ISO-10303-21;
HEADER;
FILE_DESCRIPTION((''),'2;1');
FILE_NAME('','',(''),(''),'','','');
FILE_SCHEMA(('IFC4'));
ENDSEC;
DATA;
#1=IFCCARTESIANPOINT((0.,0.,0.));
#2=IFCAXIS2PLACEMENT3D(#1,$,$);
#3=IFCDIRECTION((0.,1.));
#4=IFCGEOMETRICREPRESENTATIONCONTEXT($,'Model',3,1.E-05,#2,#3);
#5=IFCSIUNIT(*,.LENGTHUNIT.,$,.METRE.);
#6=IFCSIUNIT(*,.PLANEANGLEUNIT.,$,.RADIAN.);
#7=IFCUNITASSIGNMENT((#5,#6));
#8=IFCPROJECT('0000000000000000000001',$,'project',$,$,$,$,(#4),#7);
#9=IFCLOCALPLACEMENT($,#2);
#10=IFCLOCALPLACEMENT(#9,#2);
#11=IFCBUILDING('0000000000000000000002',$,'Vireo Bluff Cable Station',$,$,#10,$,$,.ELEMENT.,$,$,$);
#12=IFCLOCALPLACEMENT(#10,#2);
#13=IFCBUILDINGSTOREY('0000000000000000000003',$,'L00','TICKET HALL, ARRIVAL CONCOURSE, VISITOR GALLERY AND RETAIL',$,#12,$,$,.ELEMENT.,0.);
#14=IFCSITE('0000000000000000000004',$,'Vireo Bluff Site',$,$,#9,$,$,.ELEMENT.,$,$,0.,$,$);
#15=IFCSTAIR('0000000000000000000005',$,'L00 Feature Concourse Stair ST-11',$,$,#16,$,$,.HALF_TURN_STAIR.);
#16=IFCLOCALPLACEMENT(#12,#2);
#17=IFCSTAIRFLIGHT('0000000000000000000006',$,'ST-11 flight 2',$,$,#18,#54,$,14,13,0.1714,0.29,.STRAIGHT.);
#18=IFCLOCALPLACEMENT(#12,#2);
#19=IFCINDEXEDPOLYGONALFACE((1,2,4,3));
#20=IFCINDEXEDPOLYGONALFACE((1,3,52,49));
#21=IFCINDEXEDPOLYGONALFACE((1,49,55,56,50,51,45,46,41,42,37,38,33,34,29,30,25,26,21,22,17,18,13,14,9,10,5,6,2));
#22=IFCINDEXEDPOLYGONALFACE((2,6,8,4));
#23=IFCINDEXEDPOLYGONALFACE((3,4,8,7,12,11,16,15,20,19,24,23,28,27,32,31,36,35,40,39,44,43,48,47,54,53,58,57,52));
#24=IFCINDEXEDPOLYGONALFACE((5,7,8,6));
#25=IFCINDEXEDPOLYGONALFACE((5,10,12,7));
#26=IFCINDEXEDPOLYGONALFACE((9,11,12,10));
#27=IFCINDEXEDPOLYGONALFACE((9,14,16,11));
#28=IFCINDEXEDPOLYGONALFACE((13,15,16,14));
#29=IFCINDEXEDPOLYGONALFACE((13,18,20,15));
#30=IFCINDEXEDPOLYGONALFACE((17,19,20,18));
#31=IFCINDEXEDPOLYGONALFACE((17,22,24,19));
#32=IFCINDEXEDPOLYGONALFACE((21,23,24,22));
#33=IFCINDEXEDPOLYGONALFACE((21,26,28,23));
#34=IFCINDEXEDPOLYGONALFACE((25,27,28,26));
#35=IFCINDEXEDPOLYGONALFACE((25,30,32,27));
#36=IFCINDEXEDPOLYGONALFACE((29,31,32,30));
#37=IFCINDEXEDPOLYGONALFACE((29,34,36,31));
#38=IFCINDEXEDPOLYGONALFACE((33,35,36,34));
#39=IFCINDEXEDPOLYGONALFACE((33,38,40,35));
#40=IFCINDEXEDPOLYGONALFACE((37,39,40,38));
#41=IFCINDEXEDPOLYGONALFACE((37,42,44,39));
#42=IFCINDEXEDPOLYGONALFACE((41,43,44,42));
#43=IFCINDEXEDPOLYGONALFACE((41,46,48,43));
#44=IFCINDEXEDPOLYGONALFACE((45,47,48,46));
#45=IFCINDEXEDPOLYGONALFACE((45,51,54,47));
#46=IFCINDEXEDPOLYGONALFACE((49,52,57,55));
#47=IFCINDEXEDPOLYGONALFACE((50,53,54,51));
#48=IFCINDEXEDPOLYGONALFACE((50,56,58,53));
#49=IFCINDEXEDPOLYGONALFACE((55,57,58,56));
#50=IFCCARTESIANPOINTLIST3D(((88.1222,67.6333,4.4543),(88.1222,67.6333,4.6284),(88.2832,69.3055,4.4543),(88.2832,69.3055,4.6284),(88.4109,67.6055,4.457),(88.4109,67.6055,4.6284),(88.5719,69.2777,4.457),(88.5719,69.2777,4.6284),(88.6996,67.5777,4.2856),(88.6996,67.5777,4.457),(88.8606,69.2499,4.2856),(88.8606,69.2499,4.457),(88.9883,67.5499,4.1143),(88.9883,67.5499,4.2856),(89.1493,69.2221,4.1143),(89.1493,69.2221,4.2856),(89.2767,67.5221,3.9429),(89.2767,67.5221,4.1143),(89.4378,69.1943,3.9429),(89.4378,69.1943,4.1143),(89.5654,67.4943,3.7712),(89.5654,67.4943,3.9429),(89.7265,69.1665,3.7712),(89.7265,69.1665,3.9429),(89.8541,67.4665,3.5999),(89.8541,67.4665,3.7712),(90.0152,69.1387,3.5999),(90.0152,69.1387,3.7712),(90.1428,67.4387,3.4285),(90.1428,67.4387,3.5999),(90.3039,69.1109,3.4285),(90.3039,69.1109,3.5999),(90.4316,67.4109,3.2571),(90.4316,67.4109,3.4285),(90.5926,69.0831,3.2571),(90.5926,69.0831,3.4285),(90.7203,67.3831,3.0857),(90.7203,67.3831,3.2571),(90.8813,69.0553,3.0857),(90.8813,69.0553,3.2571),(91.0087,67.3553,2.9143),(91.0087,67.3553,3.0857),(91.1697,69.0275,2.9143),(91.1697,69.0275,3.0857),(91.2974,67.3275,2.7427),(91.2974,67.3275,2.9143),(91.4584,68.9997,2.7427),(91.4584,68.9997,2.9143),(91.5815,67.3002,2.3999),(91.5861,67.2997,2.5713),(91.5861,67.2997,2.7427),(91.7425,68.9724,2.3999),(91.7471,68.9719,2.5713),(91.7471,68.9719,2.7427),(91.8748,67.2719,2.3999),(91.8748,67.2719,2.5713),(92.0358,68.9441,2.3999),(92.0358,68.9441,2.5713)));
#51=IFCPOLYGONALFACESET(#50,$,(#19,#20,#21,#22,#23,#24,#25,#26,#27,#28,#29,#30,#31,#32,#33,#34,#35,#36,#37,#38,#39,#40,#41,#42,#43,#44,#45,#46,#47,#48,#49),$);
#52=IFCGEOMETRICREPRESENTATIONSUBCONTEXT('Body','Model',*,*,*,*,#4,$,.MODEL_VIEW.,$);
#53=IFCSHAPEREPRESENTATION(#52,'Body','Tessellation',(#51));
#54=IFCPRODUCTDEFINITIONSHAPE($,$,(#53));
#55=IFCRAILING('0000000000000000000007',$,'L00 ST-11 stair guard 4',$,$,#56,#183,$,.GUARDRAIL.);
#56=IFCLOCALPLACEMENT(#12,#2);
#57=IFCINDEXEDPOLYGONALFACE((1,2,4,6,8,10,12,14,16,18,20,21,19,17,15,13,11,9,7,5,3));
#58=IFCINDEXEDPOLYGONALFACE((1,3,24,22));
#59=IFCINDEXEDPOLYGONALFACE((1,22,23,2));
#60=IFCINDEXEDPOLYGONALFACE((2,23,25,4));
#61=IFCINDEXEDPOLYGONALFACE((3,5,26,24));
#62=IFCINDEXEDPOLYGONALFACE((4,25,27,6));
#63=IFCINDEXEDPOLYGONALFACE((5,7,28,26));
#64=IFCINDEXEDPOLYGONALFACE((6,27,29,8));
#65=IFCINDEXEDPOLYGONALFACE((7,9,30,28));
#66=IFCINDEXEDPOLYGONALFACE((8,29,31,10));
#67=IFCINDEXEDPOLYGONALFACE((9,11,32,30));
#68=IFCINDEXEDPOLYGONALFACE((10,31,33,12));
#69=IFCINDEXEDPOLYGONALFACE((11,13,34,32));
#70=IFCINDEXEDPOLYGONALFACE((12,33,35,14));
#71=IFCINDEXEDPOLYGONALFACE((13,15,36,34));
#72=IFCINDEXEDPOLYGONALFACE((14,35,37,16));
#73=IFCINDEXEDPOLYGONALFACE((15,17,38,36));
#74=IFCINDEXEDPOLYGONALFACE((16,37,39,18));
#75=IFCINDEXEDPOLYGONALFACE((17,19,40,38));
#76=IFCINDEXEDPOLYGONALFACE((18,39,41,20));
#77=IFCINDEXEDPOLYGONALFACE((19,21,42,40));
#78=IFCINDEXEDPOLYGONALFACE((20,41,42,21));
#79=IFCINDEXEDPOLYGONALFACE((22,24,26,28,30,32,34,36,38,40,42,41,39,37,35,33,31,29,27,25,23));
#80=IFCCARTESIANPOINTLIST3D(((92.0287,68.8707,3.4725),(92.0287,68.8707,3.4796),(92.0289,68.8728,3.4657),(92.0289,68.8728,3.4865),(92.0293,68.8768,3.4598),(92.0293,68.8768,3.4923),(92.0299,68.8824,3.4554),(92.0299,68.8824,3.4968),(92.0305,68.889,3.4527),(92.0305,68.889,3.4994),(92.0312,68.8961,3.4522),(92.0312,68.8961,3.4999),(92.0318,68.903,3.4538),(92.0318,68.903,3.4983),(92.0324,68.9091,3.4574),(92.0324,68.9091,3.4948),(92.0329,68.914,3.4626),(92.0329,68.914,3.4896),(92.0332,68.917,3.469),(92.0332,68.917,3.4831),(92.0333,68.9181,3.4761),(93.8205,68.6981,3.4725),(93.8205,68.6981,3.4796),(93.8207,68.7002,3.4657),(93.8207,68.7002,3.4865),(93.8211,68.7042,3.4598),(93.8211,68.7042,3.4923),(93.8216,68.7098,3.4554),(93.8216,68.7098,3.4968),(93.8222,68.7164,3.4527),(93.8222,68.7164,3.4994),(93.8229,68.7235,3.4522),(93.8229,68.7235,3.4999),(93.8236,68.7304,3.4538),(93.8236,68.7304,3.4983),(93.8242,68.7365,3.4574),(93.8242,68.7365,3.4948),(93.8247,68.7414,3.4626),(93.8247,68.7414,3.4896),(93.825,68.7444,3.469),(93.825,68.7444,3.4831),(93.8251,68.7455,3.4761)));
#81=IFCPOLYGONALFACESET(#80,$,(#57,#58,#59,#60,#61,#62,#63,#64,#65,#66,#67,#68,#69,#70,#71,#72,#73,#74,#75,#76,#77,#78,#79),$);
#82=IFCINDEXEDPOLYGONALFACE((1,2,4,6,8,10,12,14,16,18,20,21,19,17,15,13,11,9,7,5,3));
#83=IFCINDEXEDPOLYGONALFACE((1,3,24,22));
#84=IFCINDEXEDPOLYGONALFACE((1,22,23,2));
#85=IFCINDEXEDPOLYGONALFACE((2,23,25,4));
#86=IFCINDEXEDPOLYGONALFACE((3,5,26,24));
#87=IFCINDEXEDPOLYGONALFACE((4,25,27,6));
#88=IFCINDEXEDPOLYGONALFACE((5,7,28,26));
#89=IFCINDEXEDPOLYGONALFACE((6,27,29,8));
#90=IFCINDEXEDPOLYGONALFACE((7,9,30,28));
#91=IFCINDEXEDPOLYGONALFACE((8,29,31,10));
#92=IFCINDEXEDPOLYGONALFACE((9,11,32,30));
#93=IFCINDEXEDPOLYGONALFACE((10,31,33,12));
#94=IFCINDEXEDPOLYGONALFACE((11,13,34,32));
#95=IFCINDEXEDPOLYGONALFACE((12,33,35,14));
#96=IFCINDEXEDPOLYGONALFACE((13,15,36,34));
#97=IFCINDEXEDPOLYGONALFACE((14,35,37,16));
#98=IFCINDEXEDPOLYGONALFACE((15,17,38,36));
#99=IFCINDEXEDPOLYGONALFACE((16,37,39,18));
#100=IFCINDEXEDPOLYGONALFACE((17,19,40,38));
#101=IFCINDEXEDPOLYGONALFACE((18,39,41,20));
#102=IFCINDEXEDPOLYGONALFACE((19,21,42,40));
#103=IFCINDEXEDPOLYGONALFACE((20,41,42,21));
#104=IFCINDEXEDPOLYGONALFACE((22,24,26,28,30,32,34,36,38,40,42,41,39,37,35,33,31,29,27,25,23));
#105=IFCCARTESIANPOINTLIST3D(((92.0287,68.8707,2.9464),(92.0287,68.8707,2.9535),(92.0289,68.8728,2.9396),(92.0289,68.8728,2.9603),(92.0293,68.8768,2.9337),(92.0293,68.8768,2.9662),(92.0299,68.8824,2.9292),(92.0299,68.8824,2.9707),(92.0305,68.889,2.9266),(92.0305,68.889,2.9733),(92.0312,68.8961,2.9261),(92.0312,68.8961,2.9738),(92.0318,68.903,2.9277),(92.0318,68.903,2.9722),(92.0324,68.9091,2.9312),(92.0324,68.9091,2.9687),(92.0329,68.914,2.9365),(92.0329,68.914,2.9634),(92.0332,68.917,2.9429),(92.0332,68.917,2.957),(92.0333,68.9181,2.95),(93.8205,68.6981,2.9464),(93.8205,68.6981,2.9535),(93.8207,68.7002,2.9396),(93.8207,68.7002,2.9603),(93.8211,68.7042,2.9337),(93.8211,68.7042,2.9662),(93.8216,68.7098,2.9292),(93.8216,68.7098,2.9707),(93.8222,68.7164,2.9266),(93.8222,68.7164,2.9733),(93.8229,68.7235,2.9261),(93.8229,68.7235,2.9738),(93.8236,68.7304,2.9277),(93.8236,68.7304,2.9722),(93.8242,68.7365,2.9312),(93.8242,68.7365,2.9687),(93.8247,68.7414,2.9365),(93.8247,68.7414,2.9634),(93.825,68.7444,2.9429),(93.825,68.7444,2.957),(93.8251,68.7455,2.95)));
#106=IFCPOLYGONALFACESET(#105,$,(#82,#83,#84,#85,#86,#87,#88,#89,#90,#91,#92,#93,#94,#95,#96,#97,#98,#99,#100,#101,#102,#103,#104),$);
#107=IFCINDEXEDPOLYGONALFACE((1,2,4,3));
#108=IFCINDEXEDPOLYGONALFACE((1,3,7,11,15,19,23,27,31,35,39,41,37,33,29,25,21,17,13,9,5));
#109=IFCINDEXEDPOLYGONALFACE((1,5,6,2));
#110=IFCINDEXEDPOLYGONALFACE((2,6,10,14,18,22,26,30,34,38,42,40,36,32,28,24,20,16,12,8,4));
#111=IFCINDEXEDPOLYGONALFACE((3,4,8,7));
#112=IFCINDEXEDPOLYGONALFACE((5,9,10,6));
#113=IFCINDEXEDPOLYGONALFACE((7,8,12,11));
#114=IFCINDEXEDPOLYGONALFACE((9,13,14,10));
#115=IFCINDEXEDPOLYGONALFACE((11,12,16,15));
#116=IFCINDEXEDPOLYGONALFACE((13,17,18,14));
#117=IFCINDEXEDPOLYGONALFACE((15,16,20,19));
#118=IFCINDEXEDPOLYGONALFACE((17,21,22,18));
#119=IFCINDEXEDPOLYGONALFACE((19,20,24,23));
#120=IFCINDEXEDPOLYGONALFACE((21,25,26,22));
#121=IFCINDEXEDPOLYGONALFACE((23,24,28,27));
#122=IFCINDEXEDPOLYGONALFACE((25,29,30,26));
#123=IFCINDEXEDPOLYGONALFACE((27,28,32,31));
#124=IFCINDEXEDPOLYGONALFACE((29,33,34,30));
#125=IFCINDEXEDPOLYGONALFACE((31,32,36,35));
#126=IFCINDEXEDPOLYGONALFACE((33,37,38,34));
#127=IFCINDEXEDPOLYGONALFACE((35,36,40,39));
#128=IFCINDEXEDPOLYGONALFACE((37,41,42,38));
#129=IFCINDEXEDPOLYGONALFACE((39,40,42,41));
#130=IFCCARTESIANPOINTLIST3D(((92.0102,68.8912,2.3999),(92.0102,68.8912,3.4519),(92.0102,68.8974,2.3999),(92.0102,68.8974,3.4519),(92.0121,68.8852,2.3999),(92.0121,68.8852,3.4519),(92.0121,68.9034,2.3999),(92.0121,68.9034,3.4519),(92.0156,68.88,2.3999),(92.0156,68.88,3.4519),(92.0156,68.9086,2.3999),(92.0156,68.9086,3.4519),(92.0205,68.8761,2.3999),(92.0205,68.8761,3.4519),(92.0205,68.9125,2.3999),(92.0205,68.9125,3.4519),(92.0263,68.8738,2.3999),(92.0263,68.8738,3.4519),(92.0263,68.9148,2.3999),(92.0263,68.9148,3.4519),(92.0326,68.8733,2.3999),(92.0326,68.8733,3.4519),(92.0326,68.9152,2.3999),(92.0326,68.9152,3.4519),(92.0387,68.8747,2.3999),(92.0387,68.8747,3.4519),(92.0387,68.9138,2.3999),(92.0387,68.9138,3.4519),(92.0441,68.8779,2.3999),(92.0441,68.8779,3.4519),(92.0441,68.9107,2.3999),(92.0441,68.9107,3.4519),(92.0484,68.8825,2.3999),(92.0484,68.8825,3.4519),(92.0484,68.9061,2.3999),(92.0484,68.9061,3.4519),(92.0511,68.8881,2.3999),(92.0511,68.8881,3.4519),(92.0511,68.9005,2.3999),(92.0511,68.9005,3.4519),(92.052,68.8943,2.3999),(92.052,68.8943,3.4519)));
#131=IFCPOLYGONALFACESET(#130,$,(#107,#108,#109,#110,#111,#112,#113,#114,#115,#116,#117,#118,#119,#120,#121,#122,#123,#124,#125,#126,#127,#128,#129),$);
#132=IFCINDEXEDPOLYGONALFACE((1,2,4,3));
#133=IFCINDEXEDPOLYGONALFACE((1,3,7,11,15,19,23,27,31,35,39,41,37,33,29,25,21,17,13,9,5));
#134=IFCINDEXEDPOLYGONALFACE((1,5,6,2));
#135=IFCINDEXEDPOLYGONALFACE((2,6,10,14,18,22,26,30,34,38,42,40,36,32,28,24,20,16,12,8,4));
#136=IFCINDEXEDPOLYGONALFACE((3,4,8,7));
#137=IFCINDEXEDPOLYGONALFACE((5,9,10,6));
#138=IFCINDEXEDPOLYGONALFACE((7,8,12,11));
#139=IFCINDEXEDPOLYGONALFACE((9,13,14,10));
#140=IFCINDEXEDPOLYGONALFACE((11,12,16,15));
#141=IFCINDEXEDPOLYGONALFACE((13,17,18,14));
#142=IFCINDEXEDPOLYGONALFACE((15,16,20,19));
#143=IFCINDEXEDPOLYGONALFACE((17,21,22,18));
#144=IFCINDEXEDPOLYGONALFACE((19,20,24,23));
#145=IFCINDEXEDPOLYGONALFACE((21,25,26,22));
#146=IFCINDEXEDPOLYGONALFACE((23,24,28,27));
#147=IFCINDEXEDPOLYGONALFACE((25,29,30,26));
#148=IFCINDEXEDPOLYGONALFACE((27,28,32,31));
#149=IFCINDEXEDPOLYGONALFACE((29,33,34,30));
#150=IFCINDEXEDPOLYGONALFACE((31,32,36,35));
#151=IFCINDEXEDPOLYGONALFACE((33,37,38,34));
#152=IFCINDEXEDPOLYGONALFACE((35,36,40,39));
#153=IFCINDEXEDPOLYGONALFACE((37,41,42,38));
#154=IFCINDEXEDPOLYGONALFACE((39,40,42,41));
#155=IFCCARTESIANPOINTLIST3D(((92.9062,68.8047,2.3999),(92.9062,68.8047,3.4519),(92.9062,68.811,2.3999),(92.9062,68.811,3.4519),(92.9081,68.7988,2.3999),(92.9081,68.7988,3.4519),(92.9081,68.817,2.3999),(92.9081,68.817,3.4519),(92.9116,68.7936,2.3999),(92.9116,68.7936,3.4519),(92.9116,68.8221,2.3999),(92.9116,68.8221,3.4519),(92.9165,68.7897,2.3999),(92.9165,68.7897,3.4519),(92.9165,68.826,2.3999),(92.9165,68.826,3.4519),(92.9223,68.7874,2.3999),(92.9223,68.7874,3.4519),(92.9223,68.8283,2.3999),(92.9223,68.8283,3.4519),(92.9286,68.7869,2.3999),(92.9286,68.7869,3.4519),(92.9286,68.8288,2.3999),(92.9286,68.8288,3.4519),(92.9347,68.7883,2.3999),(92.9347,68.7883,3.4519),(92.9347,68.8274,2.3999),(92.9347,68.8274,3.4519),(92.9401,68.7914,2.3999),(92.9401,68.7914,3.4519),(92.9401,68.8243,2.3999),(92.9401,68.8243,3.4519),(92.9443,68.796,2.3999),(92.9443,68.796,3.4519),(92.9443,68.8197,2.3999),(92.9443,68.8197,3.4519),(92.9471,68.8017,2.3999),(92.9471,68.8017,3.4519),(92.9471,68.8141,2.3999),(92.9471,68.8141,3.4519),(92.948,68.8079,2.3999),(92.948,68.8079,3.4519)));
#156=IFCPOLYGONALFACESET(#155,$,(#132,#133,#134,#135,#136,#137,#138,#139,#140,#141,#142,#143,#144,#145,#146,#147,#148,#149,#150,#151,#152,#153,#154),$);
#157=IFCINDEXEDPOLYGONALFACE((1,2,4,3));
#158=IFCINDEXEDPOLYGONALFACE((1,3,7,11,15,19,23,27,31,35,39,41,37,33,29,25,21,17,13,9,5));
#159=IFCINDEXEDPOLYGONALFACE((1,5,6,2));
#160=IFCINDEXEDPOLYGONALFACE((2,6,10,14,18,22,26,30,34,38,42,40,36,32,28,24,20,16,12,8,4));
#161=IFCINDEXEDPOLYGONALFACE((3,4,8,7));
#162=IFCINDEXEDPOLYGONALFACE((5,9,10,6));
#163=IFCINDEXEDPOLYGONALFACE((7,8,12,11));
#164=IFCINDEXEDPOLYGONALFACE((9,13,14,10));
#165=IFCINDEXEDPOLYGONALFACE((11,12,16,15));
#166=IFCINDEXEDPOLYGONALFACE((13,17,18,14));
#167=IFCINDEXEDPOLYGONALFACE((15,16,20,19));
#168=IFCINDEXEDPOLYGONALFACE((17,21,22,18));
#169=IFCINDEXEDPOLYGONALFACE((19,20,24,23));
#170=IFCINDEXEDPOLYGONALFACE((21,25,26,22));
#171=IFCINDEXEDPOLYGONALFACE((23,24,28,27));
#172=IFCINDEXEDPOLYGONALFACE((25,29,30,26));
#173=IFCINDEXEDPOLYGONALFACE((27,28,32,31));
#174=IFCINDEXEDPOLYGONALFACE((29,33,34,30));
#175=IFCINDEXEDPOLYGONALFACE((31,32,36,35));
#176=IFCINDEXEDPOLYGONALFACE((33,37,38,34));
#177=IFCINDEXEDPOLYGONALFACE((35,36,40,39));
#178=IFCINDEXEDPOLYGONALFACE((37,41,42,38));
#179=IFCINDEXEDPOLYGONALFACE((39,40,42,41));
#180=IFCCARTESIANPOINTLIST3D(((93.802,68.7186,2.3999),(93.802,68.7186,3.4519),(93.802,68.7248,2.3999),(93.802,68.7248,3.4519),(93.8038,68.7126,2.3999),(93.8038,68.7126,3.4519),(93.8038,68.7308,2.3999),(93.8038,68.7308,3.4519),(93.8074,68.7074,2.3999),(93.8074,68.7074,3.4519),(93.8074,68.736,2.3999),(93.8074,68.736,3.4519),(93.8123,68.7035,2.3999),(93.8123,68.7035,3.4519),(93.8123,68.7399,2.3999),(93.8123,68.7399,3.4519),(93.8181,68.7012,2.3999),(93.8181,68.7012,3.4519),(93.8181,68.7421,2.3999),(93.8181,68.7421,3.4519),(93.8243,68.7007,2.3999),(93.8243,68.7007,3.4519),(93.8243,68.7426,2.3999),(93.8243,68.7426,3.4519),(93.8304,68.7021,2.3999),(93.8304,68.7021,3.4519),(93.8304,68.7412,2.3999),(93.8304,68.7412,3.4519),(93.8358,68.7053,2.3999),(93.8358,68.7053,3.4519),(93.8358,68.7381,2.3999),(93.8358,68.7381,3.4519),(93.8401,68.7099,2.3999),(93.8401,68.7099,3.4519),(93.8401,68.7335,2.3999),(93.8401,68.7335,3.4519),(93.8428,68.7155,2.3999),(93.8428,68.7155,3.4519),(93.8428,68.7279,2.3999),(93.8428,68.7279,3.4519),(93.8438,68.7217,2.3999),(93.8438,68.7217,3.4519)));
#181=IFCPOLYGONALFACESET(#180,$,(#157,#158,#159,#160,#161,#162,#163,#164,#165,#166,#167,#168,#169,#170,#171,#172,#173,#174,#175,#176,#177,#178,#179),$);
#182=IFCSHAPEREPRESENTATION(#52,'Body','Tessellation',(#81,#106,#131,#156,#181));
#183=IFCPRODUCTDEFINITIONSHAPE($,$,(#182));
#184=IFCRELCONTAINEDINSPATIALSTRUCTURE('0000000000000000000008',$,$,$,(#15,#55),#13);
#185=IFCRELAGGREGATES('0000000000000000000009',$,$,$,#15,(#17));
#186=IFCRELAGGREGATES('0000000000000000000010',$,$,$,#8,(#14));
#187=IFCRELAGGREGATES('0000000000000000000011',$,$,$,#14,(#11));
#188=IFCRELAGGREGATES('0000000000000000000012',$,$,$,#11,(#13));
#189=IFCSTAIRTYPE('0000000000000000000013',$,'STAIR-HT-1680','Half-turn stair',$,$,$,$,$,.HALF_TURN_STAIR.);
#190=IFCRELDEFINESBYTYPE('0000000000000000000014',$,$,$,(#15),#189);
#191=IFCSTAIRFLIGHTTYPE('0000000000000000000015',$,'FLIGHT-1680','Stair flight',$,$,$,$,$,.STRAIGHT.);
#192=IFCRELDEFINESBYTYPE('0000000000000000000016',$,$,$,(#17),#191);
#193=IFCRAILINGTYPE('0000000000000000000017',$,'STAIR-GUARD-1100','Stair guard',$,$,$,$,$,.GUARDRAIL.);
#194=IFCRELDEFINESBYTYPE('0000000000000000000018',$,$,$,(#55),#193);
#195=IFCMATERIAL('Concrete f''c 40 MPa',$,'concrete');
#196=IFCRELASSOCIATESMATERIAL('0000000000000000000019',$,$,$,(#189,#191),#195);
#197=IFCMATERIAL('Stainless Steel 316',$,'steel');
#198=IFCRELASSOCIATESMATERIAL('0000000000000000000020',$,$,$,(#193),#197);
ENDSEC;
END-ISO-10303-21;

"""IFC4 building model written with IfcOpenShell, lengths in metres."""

from ifc_helpers import new_model, si_unit, direction, frame, origin, origin_2d, place, context, subcontext, project, spatial, polyline, circle, outline, extrude, material, type_object, element, aggregate, save


model = new_model("IFC4")

# Units and contexts
model_context = context("Model", 3, precision=1e-05, world=origin(), true_north=direction((0.0, 1.0)))
body_context = subcontext(model_context, "Body", "Model", "MODEL_VIEW")
ifc_project = project(units=[si_unit("LENGTHUNIT", "METRE"), si_unit("PLANEANGLEUNIT", "RADIAN")], contexts=[model_context])

# Site, building, storey
site_placement = place(None, origin())
site = spatial("IfcSite", under=ifc_project, at=site_placement, Name="Vireo Bluff Site", CompositionType="ELEMENT", RefElevation=0.0)
building_placement = place(site_placement, origin())
building = spatial("IfcBuilding", under=site, at=building_placement, Name="Vireo Bluff Cable Station", CompositionType="ELEMENT")
storey_placement = place(building_placement, origin())
storey = spatial("IfcBuildingStorey", under=building, at=storey_placement, Name="L00", Description="TICKET HALL, ARRIVAL CONCOURSE, VISITOR GALLERY AND RETAIL", CompositionType="ELEMENT", Elevation=0.0)

# Shared definitions
ifc_material_1 = material(Name="Concrete f'c 40 MPa", Category="concrete")

# Stair, stair flight
stair_type = type_object("IfcStairType", Name="STAIR-HT-1680", Description="Half-turn stair", PredefinedType="HALF_TURN_STAIR", material=ifc_material_1)
stair_placement = place(storey_placement, origin())
stair = element("IfcStair", 1, at=stair_placement, inside=storey, type_object=stair_type, Name="L00 Feature Concourse Stair ST-11", PredefinedType="HALF_TURN_STAIR")
stair_flight_type = type_object("IfcStairFlightType", Name="FLIGHT-1680", Description="Stair flight", PredefinedType="STRAIGHT", material=ifc_material_1)
stair_flight_placement = place(storey_placement, frame((91.9553, 68.1079, 2.3999), z_axis=(0.0, 0.0, 1.0), x_axis=(-0.995396, 0.095846, 0.0)))
stair_flight = element("IfcStairFlight", 2, at=stair_flight_placement, type_object=stair_flight_type, Name="ST-11 flight 2", NumberOfRisers=14, NumberOfTreads=13, PredefinedType="STRAIGHT", RiserHeight=0.1714, TreadLength=0.29, context=body_context, shape_type="SweptSolid", body=[
    extrude(outline(polyline([(0.0, 0.0), (0.0, 0.1714), (0.29, 0.1714), (0.29, 0.3428), (0.5801, 0.3428), (0.5801, 0.5144), (0.8701, 0.5144), (0.8701, 0.6858), (1.1599, 0.6858), (1.1599, 0.8572), (1.45, 0.8572), (1.45, 1.0286), (1.74, 1.0286), (1.74, 1.2), (2.03, 1.2), (2.03, 1.3713), (2.3201, 1.3713), (2.3201, 1.543), (2.6101, 1.543), (2.6101, 1.7144), (2.8999, 1.7144), (2.8999, 1.8857), (3.1899, 1.8857), (3.1899, 2.0571), (3.48, 2.0571), (3.48, 2.2285), (3.77, 2.2285), (3.77, 2.3999), (3.77, 2.0544), (0.2947, 0.0), (0.0, 0.0)])), frame((0.0, 0.8398, 0.0), z_axis=(0.0, -1.0, 0.0), x_axis=(1.0, 0.0, 0.0)), (0.0, 0.0, 1.0), 1.6799),
])
aggregate(stair, [stair_flight])

# Railing
ifc_material_2 = material(Name="Stainless Steel 316", Category="steel")
railing_type_1 = type_object("IfcRailingType", Name="STAIR-GUARD-1100", Description="Stair guard", PredefinedType="GUARDRAIL", material=ifc_material_2)
railing_1_placement = place(storey_placement, frame((92.031, 68.8943, 2.3999)))
element("IfcRailing", 3, at=railing_1_placement, inside=storey, type_object=railing_type_1, Name="L00 ST-11 stair guard 4", PredefinedType="GUARDRAIL", context=body_context, shape_type="SweptSolid", body=[
    extrude(circle(Radius=0.0239, at=origin_2d()), frame((0.0, 0.0, 1.0762), z_axis=(0.995392, -0.095891, 0.0), x_axis=(0.095891, 0.995392, 0.0)), (0.0, 0.0, 1.0), 1.8),
    extrude(circle(Radius=0.0239, at=origin_2d()), frame((0.0, 0.0, 0.55), z_axis=(0.995392, -0.095891, 0.0), x_axis=(0.095891, 0.995392, 0.0)), (0.0, 0.0, 1.0), 1.8),
    extrude(circle(Radius=0.021, at=origin_2d()), origin(), (0.0, 0.0, 1.0), 1.052),
    extrude(circle(Radius=0.021, at=origin_2d()), frame((0.896, -0.0864, 0.0)), (0.0, 0.0, 1.0), 1.052),
    extrude(circle(Radius=0.021, at=origin_2d()), frame((1.7917, -0.1726, 0.0)), (0.0, 0.0, 1.0), 1.052),
])

save(model, "model.ifc")
